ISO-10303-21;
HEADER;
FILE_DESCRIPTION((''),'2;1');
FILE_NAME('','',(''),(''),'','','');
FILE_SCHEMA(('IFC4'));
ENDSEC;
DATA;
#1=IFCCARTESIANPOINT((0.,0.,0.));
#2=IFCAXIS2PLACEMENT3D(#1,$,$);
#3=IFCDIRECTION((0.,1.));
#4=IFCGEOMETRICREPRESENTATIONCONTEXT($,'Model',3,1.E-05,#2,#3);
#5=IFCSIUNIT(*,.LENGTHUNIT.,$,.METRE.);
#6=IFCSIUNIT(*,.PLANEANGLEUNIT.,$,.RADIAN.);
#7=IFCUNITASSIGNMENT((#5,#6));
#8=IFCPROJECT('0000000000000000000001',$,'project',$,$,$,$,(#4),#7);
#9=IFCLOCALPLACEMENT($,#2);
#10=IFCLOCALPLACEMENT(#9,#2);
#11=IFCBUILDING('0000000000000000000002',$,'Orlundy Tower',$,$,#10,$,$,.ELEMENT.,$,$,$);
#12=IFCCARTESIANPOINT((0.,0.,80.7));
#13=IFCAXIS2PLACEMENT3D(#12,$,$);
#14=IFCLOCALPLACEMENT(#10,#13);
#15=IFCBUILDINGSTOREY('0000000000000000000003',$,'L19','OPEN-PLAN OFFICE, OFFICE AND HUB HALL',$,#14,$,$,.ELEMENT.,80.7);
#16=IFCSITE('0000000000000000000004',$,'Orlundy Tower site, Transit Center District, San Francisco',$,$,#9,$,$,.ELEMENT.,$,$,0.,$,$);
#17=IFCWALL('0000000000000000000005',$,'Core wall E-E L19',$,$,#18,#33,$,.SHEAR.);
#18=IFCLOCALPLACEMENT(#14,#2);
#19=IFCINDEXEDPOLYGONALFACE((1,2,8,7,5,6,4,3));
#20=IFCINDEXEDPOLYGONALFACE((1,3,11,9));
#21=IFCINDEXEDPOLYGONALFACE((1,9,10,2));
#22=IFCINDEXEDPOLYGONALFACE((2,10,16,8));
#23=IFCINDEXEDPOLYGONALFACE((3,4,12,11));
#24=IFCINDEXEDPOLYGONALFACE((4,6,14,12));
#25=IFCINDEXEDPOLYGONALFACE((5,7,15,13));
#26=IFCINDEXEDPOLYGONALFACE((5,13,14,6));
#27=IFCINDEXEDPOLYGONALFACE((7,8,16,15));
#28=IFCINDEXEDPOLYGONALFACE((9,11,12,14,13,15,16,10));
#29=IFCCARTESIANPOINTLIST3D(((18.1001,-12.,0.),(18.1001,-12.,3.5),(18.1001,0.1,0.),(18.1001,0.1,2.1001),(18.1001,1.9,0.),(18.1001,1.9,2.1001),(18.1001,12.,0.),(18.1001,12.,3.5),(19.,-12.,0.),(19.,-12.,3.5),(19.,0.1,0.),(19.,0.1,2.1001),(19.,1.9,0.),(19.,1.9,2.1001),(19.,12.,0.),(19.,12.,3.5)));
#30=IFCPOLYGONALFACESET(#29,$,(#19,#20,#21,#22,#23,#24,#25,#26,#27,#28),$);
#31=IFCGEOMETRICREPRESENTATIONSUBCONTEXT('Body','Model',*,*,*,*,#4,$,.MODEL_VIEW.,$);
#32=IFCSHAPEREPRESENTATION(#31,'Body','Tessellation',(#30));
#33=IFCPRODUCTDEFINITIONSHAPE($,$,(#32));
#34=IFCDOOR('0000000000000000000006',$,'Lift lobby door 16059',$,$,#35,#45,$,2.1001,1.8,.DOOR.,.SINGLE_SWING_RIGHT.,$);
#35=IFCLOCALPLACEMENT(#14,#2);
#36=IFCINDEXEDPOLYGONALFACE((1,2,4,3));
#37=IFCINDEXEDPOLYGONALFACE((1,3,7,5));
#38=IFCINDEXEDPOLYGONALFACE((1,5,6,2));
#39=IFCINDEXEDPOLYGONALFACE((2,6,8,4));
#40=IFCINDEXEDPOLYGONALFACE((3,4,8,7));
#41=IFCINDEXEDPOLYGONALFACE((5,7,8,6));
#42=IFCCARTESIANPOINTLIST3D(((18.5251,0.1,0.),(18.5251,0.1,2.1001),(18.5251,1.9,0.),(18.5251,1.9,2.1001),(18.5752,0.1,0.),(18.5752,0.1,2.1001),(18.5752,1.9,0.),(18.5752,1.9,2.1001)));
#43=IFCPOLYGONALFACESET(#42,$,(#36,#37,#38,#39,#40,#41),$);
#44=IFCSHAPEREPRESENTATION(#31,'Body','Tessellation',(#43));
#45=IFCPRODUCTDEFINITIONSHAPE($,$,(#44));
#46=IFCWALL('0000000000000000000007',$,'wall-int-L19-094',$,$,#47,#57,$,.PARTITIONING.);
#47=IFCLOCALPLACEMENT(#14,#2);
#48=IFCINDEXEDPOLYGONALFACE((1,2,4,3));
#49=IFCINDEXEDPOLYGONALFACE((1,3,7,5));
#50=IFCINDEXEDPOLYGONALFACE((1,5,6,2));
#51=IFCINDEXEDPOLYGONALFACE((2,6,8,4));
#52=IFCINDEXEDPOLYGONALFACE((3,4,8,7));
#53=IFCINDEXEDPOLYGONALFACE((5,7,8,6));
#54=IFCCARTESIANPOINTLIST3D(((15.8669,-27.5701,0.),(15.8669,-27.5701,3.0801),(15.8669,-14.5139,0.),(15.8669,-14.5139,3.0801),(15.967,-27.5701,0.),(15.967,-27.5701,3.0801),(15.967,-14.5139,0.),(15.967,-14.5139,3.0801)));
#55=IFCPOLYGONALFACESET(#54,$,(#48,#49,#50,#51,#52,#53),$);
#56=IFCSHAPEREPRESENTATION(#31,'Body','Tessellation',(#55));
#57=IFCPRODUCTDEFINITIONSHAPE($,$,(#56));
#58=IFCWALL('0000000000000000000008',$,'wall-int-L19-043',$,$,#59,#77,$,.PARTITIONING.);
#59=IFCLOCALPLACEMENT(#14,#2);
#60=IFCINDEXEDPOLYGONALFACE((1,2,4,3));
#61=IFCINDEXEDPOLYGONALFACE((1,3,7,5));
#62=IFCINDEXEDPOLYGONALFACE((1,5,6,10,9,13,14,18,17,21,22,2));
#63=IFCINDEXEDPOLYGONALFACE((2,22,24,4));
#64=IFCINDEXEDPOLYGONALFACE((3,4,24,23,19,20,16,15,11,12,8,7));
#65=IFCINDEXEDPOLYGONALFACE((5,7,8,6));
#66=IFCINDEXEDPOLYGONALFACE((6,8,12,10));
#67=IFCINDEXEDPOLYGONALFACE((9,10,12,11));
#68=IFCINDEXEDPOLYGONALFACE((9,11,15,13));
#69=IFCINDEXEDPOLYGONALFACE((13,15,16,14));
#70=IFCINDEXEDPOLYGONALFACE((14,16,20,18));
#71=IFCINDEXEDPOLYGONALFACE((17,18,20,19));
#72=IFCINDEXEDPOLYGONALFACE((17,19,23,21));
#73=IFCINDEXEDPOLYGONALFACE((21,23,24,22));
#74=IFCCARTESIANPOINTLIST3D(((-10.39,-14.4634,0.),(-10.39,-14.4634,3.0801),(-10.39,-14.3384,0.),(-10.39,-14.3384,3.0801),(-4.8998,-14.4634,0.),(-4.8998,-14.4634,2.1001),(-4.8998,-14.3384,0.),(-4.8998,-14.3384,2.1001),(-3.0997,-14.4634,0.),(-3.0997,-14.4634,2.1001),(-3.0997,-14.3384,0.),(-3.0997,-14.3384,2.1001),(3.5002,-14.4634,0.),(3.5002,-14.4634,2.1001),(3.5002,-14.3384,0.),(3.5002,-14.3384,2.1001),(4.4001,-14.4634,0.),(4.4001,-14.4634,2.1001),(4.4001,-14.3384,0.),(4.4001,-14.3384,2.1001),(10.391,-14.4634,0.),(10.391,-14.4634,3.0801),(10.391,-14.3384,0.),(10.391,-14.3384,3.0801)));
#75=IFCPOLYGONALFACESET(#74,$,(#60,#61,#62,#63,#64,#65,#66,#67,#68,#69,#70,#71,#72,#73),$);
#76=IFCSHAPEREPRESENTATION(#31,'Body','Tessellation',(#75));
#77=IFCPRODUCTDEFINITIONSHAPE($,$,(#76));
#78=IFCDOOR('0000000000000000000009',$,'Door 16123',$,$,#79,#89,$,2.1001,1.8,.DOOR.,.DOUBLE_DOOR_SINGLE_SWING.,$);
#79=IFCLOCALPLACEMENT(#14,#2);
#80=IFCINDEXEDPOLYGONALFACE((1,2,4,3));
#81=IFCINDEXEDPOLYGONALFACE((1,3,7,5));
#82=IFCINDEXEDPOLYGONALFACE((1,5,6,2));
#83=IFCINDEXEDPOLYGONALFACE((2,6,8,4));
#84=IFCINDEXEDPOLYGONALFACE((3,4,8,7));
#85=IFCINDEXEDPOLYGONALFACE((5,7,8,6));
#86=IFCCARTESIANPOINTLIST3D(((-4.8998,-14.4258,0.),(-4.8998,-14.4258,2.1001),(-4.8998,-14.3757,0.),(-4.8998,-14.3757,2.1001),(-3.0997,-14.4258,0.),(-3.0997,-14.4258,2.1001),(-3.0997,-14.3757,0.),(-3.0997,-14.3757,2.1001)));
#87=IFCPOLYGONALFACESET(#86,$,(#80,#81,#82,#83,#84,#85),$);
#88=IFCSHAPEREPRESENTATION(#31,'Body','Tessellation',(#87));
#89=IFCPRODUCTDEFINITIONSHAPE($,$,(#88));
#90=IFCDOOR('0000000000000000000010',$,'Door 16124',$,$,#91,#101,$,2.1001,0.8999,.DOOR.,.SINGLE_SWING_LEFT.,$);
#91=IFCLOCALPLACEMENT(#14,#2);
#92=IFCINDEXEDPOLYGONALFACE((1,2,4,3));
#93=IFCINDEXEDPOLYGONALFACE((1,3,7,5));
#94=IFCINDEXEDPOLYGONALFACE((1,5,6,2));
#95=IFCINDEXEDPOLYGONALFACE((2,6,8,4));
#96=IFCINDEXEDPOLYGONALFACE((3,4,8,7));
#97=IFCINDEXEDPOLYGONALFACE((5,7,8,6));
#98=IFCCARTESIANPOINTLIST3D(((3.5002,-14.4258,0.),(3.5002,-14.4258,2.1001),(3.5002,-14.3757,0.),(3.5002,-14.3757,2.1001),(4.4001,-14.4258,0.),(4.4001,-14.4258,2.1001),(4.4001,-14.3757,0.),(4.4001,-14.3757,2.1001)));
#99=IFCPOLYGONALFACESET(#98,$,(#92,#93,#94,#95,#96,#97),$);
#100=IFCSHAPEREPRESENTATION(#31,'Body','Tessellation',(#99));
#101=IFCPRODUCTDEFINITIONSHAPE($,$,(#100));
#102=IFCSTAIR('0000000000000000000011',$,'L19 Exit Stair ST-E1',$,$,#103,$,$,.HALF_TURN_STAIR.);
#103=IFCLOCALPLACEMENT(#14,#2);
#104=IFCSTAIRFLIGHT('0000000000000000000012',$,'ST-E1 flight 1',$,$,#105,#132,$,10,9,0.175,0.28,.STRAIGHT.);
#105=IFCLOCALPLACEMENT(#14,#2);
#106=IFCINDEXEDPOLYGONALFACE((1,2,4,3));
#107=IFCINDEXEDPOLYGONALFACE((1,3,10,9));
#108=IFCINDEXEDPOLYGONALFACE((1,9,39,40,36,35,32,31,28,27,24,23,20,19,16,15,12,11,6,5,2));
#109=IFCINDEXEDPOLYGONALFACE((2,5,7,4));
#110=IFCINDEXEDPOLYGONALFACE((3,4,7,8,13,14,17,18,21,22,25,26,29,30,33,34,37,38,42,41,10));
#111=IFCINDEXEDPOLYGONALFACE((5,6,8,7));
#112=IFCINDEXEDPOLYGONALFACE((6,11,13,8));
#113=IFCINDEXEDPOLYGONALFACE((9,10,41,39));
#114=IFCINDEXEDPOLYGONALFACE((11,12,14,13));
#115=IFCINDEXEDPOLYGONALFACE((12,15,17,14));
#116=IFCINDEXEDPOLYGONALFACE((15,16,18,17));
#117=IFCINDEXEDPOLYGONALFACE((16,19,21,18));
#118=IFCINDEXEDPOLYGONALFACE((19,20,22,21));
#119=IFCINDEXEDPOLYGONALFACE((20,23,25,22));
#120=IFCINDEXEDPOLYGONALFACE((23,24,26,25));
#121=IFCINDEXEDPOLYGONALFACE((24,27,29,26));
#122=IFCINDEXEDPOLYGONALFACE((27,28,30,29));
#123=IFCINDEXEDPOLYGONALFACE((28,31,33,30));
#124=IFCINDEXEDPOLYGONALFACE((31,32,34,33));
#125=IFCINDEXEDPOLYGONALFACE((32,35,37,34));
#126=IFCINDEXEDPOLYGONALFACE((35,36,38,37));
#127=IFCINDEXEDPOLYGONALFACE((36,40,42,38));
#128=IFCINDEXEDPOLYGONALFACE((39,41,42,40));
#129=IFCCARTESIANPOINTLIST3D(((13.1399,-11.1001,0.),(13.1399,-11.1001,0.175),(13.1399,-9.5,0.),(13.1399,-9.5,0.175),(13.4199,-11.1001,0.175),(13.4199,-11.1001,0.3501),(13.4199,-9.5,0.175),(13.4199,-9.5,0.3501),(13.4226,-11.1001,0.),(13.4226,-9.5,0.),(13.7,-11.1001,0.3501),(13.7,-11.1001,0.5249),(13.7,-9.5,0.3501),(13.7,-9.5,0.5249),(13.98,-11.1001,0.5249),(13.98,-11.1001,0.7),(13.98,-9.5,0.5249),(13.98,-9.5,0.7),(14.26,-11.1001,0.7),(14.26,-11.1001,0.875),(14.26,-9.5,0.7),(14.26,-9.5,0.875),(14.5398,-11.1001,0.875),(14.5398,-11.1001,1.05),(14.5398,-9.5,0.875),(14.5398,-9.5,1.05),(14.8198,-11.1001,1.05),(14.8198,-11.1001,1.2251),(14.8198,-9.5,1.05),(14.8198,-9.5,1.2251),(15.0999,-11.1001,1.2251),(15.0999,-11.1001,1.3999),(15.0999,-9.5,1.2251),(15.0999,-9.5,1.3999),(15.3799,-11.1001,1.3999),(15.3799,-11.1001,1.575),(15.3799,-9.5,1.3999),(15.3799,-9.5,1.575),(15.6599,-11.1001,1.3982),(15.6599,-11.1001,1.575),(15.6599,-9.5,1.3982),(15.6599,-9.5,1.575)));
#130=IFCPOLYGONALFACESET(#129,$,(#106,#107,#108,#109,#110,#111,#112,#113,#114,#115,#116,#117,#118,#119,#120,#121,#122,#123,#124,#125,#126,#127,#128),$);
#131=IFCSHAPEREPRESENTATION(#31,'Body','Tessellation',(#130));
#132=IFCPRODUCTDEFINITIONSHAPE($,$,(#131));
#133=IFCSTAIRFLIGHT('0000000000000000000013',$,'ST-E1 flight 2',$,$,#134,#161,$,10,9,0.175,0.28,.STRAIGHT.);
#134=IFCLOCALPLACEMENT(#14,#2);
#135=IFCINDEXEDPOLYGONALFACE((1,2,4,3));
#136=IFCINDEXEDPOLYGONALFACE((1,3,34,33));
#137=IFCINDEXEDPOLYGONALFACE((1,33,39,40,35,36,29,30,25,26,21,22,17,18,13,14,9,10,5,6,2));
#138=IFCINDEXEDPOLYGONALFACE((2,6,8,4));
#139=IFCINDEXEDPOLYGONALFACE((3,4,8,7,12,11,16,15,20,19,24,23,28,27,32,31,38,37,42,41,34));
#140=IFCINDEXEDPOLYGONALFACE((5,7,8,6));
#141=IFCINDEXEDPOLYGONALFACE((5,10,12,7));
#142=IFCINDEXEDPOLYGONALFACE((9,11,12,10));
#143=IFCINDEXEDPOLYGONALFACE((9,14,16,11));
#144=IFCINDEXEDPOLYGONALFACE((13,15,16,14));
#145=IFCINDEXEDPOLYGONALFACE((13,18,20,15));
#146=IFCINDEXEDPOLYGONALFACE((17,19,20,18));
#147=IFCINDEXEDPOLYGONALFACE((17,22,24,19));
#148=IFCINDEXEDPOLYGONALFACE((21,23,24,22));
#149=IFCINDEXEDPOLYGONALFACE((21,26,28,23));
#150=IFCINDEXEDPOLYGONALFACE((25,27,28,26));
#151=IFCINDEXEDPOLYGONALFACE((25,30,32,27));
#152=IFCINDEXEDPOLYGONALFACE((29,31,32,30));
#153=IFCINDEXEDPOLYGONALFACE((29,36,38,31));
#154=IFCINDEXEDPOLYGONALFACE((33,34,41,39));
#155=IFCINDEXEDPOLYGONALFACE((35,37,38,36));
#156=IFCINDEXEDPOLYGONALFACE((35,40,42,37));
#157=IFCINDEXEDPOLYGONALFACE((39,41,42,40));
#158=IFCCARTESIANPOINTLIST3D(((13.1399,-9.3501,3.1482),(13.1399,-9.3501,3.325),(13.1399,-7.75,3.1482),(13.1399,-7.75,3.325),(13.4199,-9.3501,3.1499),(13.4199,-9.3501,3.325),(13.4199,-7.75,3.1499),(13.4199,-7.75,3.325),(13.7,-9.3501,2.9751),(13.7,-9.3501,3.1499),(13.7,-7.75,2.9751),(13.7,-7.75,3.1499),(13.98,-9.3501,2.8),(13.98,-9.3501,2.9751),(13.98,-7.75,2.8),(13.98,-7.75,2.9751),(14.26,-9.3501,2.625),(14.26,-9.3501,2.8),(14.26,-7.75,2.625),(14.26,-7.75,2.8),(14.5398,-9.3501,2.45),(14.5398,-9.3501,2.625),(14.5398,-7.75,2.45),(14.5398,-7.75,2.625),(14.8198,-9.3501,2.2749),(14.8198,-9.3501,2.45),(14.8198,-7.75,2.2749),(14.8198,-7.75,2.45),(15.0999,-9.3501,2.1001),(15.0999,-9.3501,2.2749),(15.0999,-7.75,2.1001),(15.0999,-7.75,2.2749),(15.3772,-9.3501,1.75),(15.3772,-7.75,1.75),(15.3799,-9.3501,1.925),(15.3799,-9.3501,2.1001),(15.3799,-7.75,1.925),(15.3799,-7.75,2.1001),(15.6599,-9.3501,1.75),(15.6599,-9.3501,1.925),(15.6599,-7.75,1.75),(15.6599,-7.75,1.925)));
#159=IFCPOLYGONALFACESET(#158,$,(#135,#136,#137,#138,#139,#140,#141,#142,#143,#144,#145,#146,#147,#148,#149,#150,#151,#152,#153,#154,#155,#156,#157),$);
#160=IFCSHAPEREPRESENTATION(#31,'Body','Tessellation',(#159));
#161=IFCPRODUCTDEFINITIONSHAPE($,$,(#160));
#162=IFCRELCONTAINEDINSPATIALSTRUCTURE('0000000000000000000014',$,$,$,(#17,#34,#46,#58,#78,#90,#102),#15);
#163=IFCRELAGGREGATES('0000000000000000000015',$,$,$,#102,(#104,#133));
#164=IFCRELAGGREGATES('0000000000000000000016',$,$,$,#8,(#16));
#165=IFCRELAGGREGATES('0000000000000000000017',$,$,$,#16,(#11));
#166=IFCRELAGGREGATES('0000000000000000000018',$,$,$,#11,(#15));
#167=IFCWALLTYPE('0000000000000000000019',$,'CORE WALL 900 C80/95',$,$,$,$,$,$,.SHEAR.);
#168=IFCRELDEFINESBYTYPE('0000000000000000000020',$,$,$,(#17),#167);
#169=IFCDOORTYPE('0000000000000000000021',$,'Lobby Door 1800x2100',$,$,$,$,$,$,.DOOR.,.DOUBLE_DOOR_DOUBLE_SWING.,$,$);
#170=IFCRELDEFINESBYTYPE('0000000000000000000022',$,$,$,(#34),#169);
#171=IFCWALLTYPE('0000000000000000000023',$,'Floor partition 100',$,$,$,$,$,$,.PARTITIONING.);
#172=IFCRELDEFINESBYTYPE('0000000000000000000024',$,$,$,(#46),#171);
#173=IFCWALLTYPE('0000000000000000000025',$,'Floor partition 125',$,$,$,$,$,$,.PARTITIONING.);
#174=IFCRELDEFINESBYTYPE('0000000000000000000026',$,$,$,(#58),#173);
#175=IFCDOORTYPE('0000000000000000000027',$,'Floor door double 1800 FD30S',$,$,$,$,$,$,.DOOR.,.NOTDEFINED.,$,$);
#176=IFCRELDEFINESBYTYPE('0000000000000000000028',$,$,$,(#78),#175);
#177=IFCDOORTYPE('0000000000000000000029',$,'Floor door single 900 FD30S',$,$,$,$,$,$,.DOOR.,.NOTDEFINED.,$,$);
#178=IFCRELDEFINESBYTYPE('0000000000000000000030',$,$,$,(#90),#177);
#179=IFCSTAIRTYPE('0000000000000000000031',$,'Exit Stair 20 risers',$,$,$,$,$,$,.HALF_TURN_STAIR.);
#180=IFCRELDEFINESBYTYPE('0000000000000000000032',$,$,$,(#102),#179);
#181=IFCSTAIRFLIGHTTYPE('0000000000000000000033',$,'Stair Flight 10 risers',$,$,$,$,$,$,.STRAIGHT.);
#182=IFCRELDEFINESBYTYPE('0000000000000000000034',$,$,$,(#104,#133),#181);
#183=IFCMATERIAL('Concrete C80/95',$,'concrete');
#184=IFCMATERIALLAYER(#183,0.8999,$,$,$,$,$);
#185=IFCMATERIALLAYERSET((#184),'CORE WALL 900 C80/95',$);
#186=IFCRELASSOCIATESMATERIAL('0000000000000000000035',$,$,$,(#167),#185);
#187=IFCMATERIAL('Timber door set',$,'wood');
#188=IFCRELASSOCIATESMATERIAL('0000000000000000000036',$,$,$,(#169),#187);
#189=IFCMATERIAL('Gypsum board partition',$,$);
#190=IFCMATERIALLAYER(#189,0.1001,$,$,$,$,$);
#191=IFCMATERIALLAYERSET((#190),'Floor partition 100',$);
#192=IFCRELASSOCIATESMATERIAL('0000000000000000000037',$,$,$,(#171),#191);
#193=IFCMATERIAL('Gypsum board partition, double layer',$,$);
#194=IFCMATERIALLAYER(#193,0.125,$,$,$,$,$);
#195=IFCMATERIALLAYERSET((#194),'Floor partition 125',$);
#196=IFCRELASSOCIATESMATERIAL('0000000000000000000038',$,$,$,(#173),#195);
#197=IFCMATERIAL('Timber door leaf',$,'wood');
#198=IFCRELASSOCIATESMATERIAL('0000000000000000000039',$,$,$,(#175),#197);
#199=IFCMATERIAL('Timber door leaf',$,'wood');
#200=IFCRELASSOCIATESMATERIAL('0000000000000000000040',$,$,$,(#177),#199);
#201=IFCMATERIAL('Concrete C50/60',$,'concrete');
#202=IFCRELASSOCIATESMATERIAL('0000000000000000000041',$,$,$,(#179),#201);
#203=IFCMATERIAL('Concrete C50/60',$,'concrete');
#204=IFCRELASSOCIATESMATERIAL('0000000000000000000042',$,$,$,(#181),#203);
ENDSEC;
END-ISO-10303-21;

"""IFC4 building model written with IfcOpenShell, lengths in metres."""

from ifc_helpers import new_model, si_unit, direction, frame, frame_2d, origin, place, context, subcontext, project, spatial, polyline, rectangle, outline, extrude, material, layer, layer_set, type_object, element, fill, aggregate, save


model = new_model("IFC4")

# Units and contexts
model_context = context("Model", 3, precision=1e-05, world=origin(), true_north=direction((0.0, 1.0)))
body_context = subcontext(model_context, "Body", "Model", "MODEL_VIEW")
ifc_project = project(units=[si_unit("LENGTHUNIT", "METRE"), si_unit("PLANEANGLEUNIT", "RADIAN")], contexts=[model_context])

# Site, building, storey
site_placement = place(None, origin())
site = spatial("IfcSite", under=ifc_project, at=site_placement, Name="Orlundy Tower site, Transit Center District, San Francisco", CompositionType="ELEMENT", RefElevation=0.0)
building_placement = place(site_placement, origin())
building = spatial("IfcBuilding", under=site, at=building_placement, Name="Orlundy Tower", CompositionType="ELEMENT")
storey_placement = place(building_placement, frame((0.0, 0.0, 80.7)))
storey = spatial("IfcBuildingStorey", under=building, at=storey_placement, Name="L19", Description="OPEN-PLAN OFFICE, OFFICE AND HUB HALL", CompositionType="ELEMENT", Elevation=80.7)

# Shared definitions
ifc_material_1 = material(Name="Concrete C80/95", Category="concrete")
ifc_layer_1 = layer(ifc_material_1, 0.8999)
ifc_layer_set_1 = layer_set([ifc_layer_1], Name="CORE WALL 900 C80/95")
wall_type_1 = type_object("IfcWallType", Name="CORE WALL 900 C80/95", PredefinedType="SHEAR", material=ifc_layer_set_1)

# Shared definitions
ifc_material_2 = material(Name="Timber door set", Category="wood")
door_type_1 = type_object("IfcDoorType", Name="Lobby Door 1800x2100", OperationType="DOUBLE_DOOR_DOUBLE_SWING", PredefinedType="DOOR", material=ifc_material_2)

# Wall, opening, door
wall_1_placement = place(storey_placement, frame((18.55, -12.0, 0.0), z_axis=(0.0, 0.0, 1.0), x_axis=(0.0, 1.0, 0.0)))
wall_1 = element("IfcWall", 1, at=wall_1_placement, inside=storey, type_object=wall_type_1, Name="Core wall E-E L19", PredefinedType="SHEAR", context=body_context, shape_type="SweptSolid", body=[
    extrude(rectangle(XDim=24.0, YDim=0.8999, at=frame_2d((12.0, 0.0))), origin(), (0.0, 0.0, 1.0), 3.5),
])
opening_1_placement = place(wall_1_placement, frame((12.1001, 0.0, 0.0)))
opening_1 = element("IfcOpeningElement", 2, at=opening_1_placement, cuts=wall_1, PredefinedType="OPENING", context=body_context, shape_type="SweptSolid", body=[
    extrude(rectangle(XDim=1.8, YDim=2.1001, at=frame_2d((0.8999, 1.05))), frame((0.0, 0.46, 0.0), z_axis=(0.0, -1.0, 0.0), x_axis=(1.0, 0.0, 0.0)), (0.0, 0.0, 1.0), 0.9199),
])
door_1_placement = place(opening_1_placement, origin())
door_1 = element("IfcDoor", 3, at=door_1_placement, inside=storey, type_object=door_type_1, Name="Lift lobby door 16059", OperationType="SINGLE_SWING_RIGHT", OverallHeight=2.1001, OverallWidth=1.8, PredefinedType="DOOR", context=body_context, shape_type="SweptSolid", body=[
    extrude(rectangle(XDim=1.8, YDim=2.1001, at=frame_2d((0.8999, 1.05))), frame((0.0, 0.0249, 0.0), z_axis=(0.0, -1.0, 0.0), x_axis=(1.0, 0.0, 0.0)), (0.0, 0.0, 1.0), 0.05),
])
fill(opening_1, door_1)

# Wall
ifc_material_3 = material(Name="Gypsum board partition")
ifc_layer_2 = layer(ifc_material_3, 0.1001)
ifc_layer_set_2 = layer_set([ifc_layer_2], Name="Floor partition 100")
wall_type_2 = type_object("IfcWallType", Name="Floor partition 100", PredefinedType="PARTITIONING", material=ifc_layer_set_2)
wall_2_placement = place(storey_placement, frame((15.917, -27.5701, 0.0), z_axis=(0.0, 0.0, 1.0), x_axis=(0.0, 1.0, 0.0)))
element("IfcWall", 4, at=wall_2_placement, inside=storey, type_object=wall_type_2, Name="wall-int-L19-094", PredefinedType="PARTITIONING", context=body_context, shape_type="SweptSolid", body=[
    extrude(rectangle(XDim=13.0562, YDim=0.1001, at=frame_2d((6.5281, 0.0))), origin(), (0.0, 0.0, 1.0), 3.0801),
])

# Wall, openings, doors
ifc_material_4 = material(Name="Gypsum board partition, double layer")
ifc_layer_3 = layer(ifc_material_4, 0.125)
ifc_layer_set_3 = layer_set([ifc_layer_3], Name="Floor partition 125")
wall_type_3 = type_object("IfcWallType", Name="Floor partition 125", PredefinedType="PARTITIONING", material=ifc_layer_set_3)
wall_3_placement = place(storey_placement, frame((10.3911, -14.4009, 0.0), z_axis=(0.0, 0.0, 1.0), x_axis=(-1.0, 0.0, 0.0)))
wall_3 = element("IfcWall", 5, at=wall_3_placement, inside=storey, type_object=wall_type_3, Name="wall-int-L19-043", PredefinedType="PARTITIONING", context=body_context, shape_type="SweptSolid", body=[
    extrude(rectangle(XDim=20.781, YDim=0.125, at=frame_2d((10.3906, 0.0))), origin(), (0.0, 0.0, 1.0), 3.0801),
])
opening_2_placement = place(wall_3_placement, frame((13.491, 0.0, 0.0)))
opening_2 = element("IfcOpeningElement", 6, at=opening_2_placement, cuts=wall_3, PredefinedType="OPENING", context=body_context, shape_type="SweptSolid", body=[
    extrude(rectangle(XDim=1.8, YDim=2.1001, at=frame_2d((0.8999, 1.05))), frame((0.0, 0.0725, 0.0), z_axis=(0.0, -1.0, 0.0), x_axis=(1.0, 0.0, 0.0)), (0.0, 0.0, 1.0), 0.145),
])
opening_3_placement = place(wall_3_placement, frame((5.991, 0.0, 0.0)))
opening_3 = element("IfcOpeningElement", 7, at=opening_3_placement, cuts=wall_3, PredefinedType="OPENING", context=body_context, shape_type="SweptSolid", body=[
    extrude(rectangle(XDim=0.8999, YDim=2.1001, at=frame_2d((0.45, 1.05))), frame((0.0, 0.0725, 0.0), z_axis=(0.0, -1.0, 0.0), x_axis=(1.0, 0.0, 0.0)), (0.0, 0.0, 1.0), 0.145),
])
ifc_material_5 = material(Name="Timber door leaf", Category="wood")
door_type_2 = type_object("IfcDoorType", Name="Floor door double 1800 FD30S", OperationType="NOTDEFINED", PredefinedType="DOOR", material=ifc_material_5)
door_2_placement = place(opening_2_placement, origin())
door_2 = element("IfcDoor", 8, at=door_2_placement, inside=storey, type_object=door_type_2, Name="Door 16123", OperationType="DOUBLE_DOOR_SINGLE_SWING", OverallHeight=2.1001, OverallWidth=1.8, PredefinedType="DOOR", context=body_context, shape_type="SweptSolid", body=[
    extrude(rectangle(XDim=1.8, YDim=2.1001, at=frame_2d((0.8999, 1.05))), frame((0.0, 0.0249, 0.0), z_axis=(0.0, -1.0, 0.0), x_axis=(1.0, 0.0, 0.0)), (0.0, 0.0, 1.0), 0.05),
])
fill(opening_2, door_2)
ifc_material_6 = material(Name="Timber door leaf", Category="wood")
door_type_3 = type_object("IfcDoorType", Name="Floor door single 900 FD30S", OperationType="NOTDEFINED", PredefinedType="DOOR", material=ifc_material_6)
door_3_placement = place(opening_3_placement, origin())
door_3 = element("IfcDoor", 9, at=door_3_placement, inside=storey, type_object=door_type_3, Name="Door 16124", OperationType="SINGLE_SWING_LEFT", OverallHeight=2.1001, OverallWidth=0.8999, PredefinedType="DOOR", context=body_context, shape_type="SweptSolid", body=[
    extrude(rectangle(XDim=0.8999, YDim=2.1001, at=frame_2d((0.45, 1.05))), frame((0.0, 0.0249, 0.0), z_axis=(0.0, -1.0, 0.0), x_axis=(1.0, 0.0, 0.0)), (0.0, 0.0, 1.0), 0.05),
])
fill(opening_3, door_3)

# Stair, stair flights
ifc_material_7 = material(Name="Concrete C50/60", Category="concrete")
stair_type = type_object("IfcStairType", Name="Exit Stair 20 risers", PredefinedType="HALF_TURN_STAIR", material=ifc_material_7)
stair_placement = place(storey_placement, origin())
stair = element("IfcStair", 10, at=stair_placement, inside=storey, type_object=stair_type, Name="L19 Exit Stair ST-E1", PredefinedType="HALF_TURN_STAIR")
ifc_material_8 = material(Name="Concrete C50/60", Category="concrete")
stair_flight_type = type_object("IfcStairFlightType", Name="Stair Flight 10 risers", PredefinedType="STRAIGHT", material=ifc_material_8)
stair_flight_1_placement = place(storey_placement, frame((13.1399, -10.3, 0.0), z_axis=(0.0, 0.0, 1.0), x_axis=(1.0, 0.0, 0.0)))
stair_flight_1 = element("IfcStairFlight", 11, at=stair_flight_1_placement, type_object=stair_flight_type, Name="ST-E1 flight 1", NumberOfRisers=10, NumberOfTreads=9, PredefinedType="STRAIGHT", RiserHeight=0.175, TreadLength=0.28, context=body_context, shape_type="SweptSolid", body=[
    extrude(outline(polyline([(0.0, 0.0), (0.0, 0.175), (0.28, 0.175), (0.28, 0.3501), (0.5601, 0.3501), (0.5601, 0.5249), (0.8401, 0.5249), (0.8401, 0.7), (1.1201, 0.7), (1.1201, 0.875), (1.3999, 0.875), (1.3999, 1.05), (1.6799, 1.05), (1.6799, 1.2251), (1.96, 1.2251), (1.96, 1.3999), (2.24, 1.3999), (2.24, 1.575), (2.52, 1.575), (2.52, 1.75), (2.52, 1.3982), (0.2827, 0.0), (0.0, 0.0)])), frame((0.0, 0.8, 0.0), z_axis=(0.0, -1.0, 0.0), x_axis=(1.0, 0.0, 0.0)), (0.0, 0.0, 1.0), 1.6001),
])
stair_flight_2_placement = place(storey_placement, frame((15.6599, -8.55, 1.75), z_axis=(0.0, 0.0, 1.0), x_axis=(-1.0, 0.0, 0.0)))
stair_flight_2 = element("IfcStairFlight", 12, at=stair_flight_2_placement, type_object=stair_flight_type, Name="ST-E1 flight 2", NumberOfRisers=10, NumberOfTreads=9, PredefinedType="STRAIGHT", RiserHeight=0.175, TreadLength=0.28, context=body_context, shape_type="SweptSolid", body=[
    extrude(outline(polyline([(0.0, 0.0), (0.0, 0.175), (0.28, 0.175), (0.28, 0.3501), (0.5601, 0.3501), (0.5601, 0.5249), (0.8401, 0.5249), (0.8401, 0.7), (1.1201, 0.7), (1.1201, 0.875), (1.3999, 0.875), (1.3999, 1.05), (1.6799, 1.05), (1.6799, 1.2251), (1.96, 1.2251), (1.96, 1.3999), (2.24, 1.3999), (2.24, 1.575), (2.52, 1.575), (2.52, 1.75), (2.52, 1.3982), (0.2827, 0.0), (0.0, 0.0)])), frame((0.0, 0.8, 0.0), z_axis=(0.0, -1.0, 0.0), x_axis=(1.0, 0.0, 0.0)), (0.0, 0.0, 1.0), 1.6001),
])
aggregate(stair, [stair_flight_1, stair_flight_2])

save(model, "model.ifc")
